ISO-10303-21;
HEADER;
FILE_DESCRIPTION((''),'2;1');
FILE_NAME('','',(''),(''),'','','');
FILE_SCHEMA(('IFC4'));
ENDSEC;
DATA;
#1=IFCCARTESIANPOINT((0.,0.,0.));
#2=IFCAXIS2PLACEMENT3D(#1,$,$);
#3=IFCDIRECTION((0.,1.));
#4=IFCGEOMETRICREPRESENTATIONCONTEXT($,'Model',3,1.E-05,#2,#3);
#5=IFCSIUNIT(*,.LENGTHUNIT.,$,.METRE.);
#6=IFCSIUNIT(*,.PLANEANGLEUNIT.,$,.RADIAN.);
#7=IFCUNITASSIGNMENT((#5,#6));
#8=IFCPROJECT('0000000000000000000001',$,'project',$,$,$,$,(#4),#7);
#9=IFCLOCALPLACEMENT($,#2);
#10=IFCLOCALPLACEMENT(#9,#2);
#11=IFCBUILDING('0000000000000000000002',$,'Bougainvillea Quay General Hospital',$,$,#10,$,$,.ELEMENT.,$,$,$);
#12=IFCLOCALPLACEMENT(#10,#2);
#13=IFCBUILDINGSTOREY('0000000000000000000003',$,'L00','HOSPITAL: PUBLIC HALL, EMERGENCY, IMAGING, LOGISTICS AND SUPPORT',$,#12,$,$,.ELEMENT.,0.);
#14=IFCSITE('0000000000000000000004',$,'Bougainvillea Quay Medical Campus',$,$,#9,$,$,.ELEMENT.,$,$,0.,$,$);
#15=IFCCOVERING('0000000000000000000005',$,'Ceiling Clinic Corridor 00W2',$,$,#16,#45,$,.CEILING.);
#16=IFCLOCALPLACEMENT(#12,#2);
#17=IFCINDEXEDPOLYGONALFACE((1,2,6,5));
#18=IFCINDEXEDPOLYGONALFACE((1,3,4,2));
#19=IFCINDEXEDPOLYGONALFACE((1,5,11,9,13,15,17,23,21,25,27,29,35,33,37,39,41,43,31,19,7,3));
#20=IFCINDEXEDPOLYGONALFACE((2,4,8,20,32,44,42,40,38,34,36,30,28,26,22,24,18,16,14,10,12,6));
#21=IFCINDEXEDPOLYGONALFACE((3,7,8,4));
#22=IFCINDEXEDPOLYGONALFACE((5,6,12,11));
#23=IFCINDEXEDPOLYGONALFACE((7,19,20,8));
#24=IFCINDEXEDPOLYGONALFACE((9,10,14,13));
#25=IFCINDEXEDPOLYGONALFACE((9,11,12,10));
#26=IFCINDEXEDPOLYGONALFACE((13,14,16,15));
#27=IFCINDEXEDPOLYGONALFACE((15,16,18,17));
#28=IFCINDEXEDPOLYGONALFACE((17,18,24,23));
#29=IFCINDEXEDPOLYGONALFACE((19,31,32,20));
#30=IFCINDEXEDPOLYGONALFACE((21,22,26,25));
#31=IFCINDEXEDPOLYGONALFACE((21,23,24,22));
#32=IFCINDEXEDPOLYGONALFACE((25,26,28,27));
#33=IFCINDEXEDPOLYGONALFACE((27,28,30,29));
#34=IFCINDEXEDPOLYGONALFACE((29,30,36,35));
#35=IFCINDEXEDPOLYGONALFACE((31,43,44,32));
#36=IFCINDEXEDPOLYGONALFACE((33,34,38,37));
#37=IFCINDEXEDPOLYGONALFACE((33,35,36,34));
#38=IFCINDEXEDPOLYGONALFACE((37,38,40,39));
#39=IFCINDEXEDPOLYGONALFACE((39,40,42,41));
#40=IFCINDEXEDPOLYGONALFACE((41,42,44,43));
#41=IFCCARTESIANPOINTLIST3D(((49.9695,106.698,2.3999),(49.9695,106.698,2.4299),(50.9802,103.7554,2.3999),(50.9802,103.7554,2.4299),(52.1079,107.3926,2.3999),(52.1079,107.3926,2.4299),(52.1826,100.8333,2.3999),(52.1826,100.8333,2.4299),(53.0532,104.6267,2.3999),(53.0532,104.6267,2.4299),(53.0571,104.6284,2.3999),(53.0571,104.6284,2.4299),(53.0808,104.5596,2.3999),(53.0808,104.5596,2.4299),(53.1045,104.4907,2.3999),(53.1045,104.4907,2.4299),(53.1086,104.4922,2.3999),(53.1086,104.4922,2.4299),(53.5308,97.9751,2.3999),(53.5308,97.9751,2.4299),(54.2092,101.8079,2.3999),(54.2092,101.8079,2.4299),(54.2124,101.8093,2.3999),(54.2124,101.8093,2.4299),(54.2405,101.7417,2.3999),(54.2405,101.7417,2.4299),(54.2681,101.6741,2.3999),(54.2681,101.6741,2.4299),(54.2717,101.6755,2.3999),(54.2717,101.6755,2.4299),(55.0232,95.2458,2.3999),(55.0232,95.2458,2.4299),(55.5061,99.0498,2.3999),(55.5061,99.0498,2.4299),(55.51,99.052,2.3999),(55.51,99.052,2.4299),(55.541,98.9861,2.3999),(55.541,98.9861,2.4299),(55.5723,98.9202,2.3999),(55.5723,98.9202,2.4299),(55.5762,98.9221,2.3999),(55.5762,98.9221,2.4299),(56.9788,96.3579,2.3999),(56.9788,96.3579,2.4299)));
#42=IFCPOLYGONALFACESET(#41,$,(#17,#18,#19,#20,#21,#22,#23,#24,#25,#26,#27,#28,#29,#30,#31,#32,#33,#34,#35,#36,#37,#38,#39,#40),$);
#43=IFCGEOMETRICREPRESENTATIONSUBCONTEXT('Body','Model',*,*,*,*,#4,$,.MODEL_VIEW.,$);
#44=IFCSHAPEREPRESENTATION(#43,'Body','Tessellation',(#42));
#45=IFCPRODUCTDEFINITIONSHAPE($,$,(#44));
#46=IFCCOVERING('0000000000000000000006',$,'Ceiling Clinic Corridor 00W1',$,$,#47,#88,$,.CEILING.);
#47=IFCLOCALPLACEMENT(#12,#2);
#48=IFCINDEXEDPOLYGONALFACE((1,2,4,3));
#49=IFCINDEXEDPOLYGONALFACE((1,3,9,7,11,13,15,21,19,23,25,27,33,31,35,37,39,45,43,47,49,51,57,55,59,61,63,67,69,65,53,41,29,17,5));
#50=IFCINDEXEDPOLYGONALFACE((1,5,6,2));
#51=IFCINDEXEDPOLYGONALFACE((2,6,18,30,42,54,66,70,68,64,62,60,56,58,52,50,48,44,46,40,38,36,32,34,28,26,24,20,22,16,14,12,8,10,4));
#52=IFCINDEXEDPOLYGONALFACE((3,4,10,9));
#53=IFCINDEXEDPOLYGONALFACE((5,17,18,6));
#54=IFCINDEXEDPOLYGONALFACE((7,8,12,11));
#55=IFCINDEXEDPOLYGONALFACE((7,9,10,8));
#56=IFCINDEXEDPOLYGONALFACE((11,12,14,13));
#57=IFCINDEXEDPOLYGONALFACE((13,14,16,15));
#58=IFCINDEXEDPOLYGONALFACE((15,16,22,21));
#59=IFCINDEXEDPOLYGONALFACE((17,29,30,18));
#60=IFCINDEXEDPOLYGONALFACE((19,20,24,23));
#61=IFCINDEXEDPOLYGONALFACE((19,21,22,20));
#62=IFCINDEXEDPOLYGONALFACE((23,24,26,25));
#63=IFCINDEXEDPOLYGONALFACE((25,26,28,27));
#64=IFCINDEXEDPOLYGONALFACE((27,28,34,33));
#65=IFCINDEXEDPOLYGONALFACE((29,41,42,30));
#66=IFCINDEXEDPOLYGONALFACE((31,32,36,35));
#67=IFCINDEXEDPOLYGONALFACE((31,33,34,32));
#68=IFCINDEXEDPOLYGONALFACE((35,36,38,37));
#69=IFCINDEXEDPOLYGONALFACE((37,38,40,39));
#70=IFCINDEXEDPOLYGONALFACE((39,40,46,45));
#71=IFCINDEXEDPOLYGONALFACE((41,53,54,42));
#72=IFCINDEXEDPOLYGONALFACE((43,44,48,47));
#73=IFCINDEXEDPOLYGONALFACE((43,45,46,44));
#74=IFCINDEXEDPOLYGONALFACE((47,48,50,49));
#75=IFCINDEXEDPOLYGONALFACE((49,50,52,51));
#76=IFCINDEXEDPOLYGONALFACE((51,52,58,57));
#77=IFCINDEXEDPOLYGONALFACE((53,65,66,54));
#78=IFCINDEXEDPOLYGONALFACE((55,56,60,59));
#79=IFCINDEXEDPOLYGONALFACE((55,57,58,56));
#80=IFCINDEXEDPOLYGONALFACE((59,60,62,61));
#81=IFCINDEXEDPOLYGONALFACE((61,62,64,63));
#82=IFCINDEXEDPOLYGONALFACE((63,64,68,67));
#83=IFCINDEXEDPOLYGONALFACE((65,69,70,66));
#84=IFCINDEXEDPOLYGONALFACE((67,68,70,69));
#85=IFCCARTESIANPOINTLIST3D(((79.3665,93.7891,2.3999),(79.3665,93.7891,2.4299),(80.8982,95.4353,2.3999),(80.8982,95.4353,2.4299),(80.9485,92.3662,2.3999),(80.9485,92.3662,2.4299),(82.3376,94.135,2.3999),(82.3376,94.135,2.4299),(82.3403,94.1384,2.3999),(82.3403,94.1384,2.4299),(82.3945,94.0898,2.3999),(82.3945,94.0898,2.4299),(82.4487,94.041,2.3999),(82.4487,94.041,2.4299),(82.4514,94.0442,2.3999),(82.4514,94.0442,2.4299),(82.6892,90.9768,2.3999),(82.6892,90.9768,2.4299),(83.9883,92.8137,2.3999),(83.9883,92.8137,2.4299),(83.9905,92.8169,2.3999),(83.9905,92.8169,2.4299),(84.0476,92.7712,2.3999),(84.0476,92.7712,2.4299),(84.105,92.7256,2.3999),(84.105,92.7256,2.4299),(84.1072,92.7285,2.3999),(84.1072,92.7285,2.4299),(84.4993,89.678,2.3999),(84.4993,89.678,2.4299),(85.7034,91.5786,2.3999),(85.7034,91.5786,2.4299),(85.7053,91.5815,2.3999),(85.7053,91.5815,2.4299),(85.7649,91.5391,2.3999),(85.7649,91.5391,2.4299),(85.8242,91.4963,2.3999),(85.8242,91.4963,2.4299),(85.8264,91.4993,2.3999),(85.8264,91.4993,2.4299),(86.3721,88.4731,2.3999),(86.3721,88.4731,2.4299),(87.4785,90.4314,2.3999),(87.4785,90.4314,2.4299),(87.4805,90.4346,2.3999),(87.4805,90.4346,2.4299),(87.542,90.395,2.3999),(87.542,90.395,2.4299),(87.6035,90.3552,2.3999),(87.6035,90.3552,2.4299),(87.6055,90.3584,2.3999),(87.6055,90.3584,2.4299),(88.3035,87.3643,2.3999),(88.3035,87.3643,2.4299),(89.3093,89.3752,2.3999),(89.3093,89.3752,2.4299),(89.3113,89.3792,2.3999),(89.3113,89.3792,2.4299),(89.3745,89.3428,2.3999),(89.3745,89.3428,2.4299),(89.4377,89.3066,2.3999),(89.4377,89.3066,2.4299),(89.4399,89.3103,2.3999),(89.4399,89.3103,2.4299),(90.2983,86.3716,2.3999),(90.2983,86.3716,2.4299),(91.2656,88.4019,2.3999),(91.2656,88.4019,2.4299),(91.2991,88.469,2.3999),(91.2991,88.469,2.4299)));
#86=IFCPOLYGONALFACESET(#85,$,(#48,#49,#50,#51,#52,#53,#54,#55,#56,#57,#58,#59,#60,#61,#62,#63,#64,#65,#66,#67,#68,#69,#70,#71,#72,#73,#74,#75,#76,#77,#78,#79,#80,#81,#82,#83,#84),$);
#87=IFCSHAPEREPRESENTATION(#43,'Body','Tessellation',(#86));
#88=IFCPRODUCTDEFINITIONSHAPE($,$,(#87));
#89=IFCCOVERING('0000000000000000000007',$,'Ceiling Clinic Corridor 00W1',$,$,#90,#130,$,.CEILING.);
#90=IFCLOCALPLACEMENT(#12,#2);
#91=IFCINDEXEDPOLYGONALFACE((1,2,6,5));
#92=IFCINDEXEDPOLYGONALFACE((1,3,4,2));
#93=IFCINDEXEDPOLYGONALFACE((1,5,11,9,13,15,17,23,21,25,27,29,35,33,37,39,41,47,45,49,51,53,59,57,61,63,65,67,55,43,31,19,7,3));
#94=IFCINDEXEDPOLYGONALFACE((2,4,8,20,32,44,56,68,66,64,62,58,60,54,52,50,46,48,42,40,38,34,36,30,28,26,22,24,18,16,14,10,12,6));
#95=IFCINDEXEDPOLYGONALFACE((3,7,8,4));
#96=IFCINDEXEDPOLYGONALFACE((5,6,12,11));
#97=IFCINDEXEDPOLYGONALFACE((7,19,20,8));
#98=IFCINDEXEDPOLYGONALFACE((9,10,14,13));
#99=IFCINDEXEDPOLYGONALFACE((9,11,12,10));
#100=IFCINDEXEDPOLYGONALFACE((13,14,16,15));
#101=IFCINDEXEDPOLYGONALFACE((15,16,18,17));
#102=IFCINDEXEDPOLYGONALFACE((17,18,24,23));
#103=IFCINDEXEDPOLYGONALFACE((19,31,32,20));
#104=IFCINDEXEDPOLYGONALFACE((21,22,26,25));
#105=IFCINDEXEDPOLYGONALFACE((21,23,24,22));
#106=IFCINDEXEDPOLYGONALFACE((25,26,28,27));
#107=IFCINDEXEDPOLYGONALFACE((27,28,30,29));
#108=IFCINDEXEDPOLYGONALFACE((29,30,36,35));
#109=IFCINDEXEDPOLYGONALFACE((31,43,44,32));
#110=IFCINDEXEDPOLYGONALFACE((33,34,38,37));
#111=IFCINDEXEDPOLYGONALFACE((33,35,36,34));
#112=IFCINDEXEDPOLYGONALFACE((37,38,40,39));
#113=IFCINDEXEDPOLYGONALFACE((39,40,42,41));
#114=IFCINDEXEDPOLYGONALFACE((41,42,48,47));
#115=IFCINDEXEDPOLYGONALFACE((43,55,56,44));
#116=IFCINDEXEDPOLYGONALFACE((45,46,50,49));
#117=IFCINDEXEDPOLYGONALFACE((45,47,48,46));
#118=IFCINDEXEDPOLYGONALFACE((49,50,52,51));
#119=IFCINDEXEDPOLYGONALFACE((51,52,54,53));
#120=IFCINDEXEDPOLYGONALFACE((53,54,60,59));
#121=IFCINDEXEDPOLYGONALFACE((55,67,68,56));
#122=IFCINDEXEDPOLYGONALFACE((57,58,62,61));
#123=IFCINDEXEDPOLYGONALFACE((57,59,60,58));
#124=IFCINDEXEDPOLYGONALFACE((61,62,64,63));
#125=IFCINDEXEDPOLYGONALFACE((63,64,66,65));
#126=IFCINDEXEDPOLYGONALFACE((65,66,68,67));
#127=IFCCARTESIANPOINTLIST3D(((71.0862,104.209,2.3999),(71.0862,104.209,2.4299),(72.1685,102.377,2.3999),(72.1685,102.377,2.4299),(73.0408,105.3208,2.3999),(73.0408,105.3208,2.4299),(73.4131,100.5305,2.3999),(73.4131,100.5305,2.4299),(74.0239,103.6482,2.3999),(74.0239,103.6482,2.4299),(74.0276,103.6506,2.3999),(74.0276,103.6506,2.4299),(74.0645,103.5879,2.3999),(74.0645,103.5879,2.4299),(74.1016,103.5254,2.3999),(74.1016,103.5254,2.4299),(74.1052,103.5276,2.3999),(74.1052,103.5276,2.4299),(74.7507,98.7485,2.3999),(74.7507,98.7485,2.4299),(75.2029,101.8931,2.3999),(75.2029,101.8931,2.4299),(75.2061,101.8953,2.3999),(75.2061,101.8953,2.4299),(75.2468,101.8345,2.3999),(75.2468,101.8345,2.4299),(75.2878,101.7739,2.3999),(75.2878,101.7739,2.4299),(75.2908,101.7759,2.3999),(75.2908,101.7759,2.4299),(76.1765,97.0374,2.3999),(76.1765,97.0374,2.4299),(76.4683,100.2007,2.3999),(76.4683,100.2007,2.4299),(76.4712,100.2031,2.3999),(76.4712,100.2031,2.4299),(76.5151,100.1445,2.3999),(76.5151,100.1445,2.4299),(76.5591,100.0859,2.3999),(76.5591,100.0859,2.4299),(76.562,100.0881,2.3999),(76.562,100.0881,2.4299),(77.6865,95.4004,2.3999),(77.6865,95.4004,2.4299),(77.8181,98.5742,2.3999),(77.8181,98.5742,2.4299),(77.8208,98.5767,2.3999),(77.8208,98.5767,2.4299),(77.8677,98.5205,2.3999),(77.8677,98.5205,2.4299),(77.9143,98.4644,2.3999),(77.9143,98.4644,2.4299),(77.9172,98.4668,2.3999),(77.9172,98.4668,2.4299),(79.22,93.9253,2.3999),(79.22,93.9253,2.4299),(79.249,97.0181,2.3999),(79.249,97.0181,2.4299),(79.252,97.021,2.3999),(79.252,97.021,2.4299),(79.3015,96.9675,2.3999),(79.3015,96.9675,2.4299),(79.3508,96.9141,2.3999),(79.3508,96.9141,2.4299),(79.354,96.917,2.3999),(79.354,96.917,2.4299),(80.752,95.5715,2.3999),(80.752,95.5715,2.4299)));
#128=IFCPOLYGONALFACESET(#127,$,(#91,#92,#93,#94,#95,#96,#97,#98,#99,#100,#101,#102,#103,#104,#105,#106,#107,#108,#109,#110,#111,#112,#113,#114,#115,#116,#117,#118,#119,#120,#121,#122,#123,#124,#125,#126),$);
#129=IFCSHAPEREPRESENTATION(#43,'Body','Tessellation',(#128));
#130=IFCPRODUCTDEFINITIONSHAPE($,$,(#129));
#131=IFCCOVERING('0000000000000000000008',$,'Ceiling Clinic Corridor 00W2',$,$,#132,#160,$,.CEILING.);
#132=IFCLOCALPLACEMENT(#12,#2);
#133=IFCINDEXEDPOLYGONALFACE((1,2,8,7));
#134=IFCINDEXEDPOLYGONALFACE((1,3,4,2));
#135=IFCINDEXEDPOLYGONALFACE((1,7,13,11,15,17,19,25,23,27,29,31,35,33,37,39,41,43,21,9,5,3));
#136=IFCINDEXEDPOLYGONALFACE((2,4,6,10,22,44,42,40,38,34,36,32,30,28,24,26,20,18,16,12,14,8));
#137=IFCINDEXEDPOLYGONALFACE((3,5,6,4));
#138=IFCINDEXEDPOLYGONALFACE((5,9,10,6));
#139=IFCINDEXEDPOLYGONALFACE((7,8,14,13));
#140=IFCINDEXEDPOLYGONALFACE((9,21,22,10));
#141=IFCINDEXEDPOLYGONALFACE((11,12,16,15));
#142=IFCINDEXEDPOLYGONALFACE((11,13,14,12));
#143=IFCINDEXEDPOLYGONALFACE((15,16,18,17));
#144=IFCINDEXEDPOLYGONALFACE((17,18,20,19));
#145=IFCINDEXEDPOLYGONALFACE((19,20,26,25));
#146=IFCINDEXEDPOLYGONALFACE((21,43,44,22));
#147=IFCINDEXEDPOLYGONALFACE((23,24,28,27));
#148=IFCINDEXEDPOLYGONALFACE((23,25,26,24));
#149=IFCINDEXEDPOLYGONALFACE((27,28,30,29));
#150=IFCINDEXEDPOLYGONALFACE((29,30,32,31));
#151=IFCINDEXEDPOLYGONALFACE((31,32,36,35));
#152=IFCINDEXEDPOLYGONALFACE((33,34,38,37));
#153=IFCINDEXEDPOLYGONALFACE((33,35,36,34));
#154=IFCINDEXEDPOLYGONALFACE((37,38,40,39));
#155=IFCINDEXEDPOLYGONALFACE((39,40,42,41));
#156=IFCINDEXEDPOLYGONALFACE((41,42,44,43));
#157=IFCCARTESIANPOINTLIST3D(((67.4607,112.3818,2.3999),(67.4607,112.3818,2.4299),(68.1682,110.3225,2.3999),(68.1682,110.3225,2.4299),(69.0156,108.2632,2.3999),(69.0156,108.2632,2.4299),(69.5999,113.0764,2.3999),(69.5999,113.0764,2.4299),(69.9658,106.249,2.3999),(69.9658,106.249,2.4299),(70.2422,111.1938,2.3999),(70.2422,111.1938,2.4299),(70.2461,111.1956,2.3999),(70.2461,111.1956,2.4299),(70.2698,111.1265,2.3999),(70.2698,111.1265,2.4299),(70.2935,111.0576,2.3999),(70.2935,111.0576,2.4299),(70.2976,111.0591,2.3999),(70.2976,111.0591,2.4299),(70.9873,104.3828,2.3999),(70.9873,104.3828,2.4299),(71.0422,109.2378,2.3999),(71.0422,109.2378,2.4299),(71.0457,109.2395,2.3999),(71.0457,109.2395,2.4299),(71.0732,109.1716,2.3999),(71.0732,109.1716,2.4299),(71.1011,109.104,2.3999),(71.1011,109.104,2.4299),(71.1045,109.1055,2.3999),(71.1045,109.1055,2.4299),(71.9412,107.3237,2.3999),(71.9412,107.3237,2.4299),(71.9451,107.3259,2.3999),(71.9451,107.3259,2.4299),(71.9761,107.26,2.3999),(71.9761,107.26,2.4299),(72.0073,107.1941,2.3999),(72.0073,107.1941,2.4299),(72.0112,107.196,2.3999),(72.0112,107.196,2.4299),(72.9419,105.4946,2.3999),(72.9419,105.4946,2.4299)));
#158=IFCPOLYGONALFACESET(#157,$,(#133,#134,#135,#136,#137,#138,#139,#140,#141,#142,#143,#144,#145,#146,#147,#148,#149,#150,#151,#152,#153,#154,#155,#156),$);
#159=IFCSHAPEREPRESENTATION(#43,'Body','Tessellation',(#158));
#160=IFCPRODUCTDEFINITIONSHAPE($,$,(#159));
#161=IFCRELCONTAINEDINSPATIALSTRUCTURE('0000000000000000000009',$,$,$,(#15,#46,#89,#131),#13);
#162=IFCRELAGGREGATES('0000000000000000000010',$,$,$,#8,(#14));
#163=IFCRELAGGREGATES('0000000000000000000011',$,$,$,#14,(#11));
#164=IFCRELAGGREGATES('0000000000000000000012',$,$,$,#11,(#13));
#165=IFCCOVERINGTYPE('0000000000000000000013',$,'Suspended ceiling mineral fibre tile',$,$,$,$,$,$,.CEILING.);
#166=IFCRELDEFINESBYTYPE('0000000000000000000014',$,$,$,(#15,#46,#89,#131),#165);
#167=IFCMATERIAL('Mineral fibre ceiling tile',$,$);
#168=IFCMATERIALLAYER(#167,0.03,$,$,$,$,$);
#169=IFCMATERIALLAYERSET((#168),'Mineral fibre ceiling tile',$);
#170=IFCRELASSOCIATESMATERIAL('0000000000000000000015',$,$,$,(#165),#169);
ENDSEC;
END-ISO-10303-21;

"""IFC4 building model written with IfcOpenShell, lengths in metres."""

from ifc_helpers import new_model, si_unit, direction, frame, origin, place, context, subcontext, project, spatial, polyline, outline, extrude, material, layer, layer_set, type_object, element, save


model = new_model("IFC4")

# Units and contexts
model_context = context("Model", 3, precision=1e-05, world=origin(), true_north=direction((0.0, 1.0)))
body_context = subcontext(model_context, "Body", "Model", "MODEL_VIEW")
ifc_project = project(units=[si_unit("LENGTHUNIT", "METRE"), si_unit("PLANEANGLEUNIT", "RADIAN")], contexts=[model_context])

# Site, building, storey
site_placement = place(None, origin())
site = spatial("IfcSite", under=ifc_project, at=site_placement, Name="Bougainvillea Quay Medical Campus", CompositionType="ELEMENT", RefElevation=0.0)
building_placement = place(site_placement, origin())
building = spatial("IfcBuilding", under=site, at=building_placement, Name="Bougainvillea Quay General Hospital", CompositionType="ELEMENT")
storey_placement = place(building_placement, origin())
storey = spatial("IfcBuildingStorey", under=building, at=storey_placement, Name="L00", Description="HOSPITAL: PUBLIC HALL, EMERGENCY, IMAGING, LOGISTICS AND SUPPORT", CompositionType="ELEMENT", Elevation=0.0)

# Coverings
ifc_material = material(Name="Mineral fibre ceiling tile")
ifc_layer = layer(ifc_material, 0.03)
ifc_layer_set = layer_set([ifc_layer], Name="Mineral fibre ceiling tile")
covering_type = type_object("IfcCoveringType", Name="Suspended ceiling mineral fibre tile", PredefinedType="CEILING", material=ifc_layer_set)
covering_1_placement = place(storey_placement, frame((0.0, 0.0, 2.3999)))
element("IfcCovering", 1, at=covering_1_placement, inside=storey, type_object=covering_type, Name="Ceiling Clinic Corridor 00W2", PredefinedType="CEILING", context=body_context, shape_type="SweptSolid", body=[
    extrude(outline(polyline([(55.5723, 98.9202), (55.541, 98.9861), (55.5061, 99.0498), (55.51, 99.052), (54.2717, 101.6755), (54.2681, 101.6741), (54.2405, 101.7417), (54.2092, 101.8079), (54.2124, 101.8093), (53.1086, 104.4922), (53.1045, 104.4907), (53.0808, 104.5596), (53.0532, 104.6267), (53.0571, 104.6284), (52.1079, 107.3926), (49.9695, 106.698), (50.9802, 103.7554), (52.1826, 100.8333), (53.5308, 97.9751), (55.0232, 95.2458), (56.9788, 96.3579), (55.5762, 98.9221), (55.5723, 98.9202)])), origin(), (0.0, 0.0, 1.0), 0.03),
])
covering_2_placement = place(storey_placement, frame((0.0, 0.0, 2.3999)))
element("IfcCovering", 2, at=covering_2_placement, inside=storey, type_object=covering_type, Name="Ceiling Clinic Corridor 00W1", PredefinedType="CEILING", context=body_context, shape_type="SweptSolid", body=[
    extrude(outline(polyline([(91.2991, 88.469), (91.2656, 88.4019), (89.4399, 89.3103), (89.4377, 89.3066), (89.3745, 89.3428), (89.3093, 89.3752), (89.3113, 89.3792), (87.6055, 90.3584), (87.6035, 90.3552), (87.542, 90.395), (87.4785, 90.4314), (87.4805, 90.4346), (85.8264, 91.4993), (85.8242, 91.4963), (85.7649, 91.5391), (85.7034, 91.5786), (85.7053, 91.5815), (84.1072, 92.7285), (84.105, 92.7256), (84.0476, 92.7712), (83.9883, 92.8137), (83.9905, 92.8169), (82.4514, 94.0442), (82.4487, 94.041), (82.3945, 94.0898), (82.3376, 94.135), (82.3403, 94.1384), (80.8982, 95.4353), (79.3665, 93.7891), (80.9485, 92.3662), (82.6892, 90.9768), (84.4993, 89.678), (86.3721, 88.4731), (88.3035, 87.3643), (90.2983, 86.3716), (91.2991, 88.469)])), origin(), (0.0, 0.0, 1.0), 0.03),
])
covering_3_placement = place(storey_placement, frame((0.0, 0.0, 2.3999)))
element("IfcCovering", 3, at=covering_3_placement, inside=storey, type_object=covering_type, Name="Ceiling Clinic Corridor 00W1", PredefinedType="CEILING", context=body_context, shape_type="SweptSolid", body=[
    extrude(outline(polyline([(75.2468, 101.8345), (75.2029, 101.8931), (75.2061, 101.8953), (74.1052, 103.5276), (74.1016, 103.5254), (74.0645, 103.5879), (74.0239, 103.6482), (74.0276, 103.6506), (73.0408, 105.3208), (71.0862, 104.209), (72.1685, 102.377), (73.4131, 100.5305), (74.7507, 98.7485), (76.1765, 97.0374), (77.6865, 95.4004), (79.22, 93.9253), (80.752, 95.5715), (79.354, 96.917), (79.3508, 96.9141), (79.3015, 96.9675), (79.249, 97.0181), (79.252, 97.021), (77.9172, 98.4668), (77.9143, 98.4644), (77.8677, 98.5205), (77.8181, 98.5742), (77.8208, 98.5767), (76.562, 100.0881), (76.5591, 100.0859), (76.5151, 100.1445), (76.4683, 100.2007), (76.4712, 100.2031), (75.2908, 101.7759), (75.2878, 101.7739), (75.2468, 101.8345)])), origin(), (0.0, 0.0, 1.0), 0.03),
])
covering_4_placement = place(storey_placement, frame((0.0, 0.0, 2.3999)))
element("IfcCovering", 4, at=covering_4_placement, inside=storey, type_object=covering_type, Name="Ceiling Clinic Corridor 00W2", PredefinedType="CEILING", context=body_context, shape_type="SweptSolid", body=[
    extrude(outline(polyline([(72.9419, 105.4946), (72.0112, 107.196), (72.0073, 107.1941), (71.9761, 107.26), (71.9412, 107.3237), (71.9451, 107.3259), (71.1045, 109.1055), (71.1011, 109.104), (71.0732, 109.1716), (71.0422, 109.2378), (71.0457, 109.2395), (70.2976, 111.0591), (70.2935, 111.0576), (70.2698, 111.1265), (70.2422, 111.1938), (70.2461, 111.1956), (69.5999, 113.0764), (67.4607, 112.3818), (68.1682, 110.3225), (69.0156, 108.2632), (69.9658, 106.249), (70.9873, 104.3828), (72.9419, 105.4946)])), origin(), (0.0, 0.0, 1.0), 0.03),
])

save(model, "model.ifc")
